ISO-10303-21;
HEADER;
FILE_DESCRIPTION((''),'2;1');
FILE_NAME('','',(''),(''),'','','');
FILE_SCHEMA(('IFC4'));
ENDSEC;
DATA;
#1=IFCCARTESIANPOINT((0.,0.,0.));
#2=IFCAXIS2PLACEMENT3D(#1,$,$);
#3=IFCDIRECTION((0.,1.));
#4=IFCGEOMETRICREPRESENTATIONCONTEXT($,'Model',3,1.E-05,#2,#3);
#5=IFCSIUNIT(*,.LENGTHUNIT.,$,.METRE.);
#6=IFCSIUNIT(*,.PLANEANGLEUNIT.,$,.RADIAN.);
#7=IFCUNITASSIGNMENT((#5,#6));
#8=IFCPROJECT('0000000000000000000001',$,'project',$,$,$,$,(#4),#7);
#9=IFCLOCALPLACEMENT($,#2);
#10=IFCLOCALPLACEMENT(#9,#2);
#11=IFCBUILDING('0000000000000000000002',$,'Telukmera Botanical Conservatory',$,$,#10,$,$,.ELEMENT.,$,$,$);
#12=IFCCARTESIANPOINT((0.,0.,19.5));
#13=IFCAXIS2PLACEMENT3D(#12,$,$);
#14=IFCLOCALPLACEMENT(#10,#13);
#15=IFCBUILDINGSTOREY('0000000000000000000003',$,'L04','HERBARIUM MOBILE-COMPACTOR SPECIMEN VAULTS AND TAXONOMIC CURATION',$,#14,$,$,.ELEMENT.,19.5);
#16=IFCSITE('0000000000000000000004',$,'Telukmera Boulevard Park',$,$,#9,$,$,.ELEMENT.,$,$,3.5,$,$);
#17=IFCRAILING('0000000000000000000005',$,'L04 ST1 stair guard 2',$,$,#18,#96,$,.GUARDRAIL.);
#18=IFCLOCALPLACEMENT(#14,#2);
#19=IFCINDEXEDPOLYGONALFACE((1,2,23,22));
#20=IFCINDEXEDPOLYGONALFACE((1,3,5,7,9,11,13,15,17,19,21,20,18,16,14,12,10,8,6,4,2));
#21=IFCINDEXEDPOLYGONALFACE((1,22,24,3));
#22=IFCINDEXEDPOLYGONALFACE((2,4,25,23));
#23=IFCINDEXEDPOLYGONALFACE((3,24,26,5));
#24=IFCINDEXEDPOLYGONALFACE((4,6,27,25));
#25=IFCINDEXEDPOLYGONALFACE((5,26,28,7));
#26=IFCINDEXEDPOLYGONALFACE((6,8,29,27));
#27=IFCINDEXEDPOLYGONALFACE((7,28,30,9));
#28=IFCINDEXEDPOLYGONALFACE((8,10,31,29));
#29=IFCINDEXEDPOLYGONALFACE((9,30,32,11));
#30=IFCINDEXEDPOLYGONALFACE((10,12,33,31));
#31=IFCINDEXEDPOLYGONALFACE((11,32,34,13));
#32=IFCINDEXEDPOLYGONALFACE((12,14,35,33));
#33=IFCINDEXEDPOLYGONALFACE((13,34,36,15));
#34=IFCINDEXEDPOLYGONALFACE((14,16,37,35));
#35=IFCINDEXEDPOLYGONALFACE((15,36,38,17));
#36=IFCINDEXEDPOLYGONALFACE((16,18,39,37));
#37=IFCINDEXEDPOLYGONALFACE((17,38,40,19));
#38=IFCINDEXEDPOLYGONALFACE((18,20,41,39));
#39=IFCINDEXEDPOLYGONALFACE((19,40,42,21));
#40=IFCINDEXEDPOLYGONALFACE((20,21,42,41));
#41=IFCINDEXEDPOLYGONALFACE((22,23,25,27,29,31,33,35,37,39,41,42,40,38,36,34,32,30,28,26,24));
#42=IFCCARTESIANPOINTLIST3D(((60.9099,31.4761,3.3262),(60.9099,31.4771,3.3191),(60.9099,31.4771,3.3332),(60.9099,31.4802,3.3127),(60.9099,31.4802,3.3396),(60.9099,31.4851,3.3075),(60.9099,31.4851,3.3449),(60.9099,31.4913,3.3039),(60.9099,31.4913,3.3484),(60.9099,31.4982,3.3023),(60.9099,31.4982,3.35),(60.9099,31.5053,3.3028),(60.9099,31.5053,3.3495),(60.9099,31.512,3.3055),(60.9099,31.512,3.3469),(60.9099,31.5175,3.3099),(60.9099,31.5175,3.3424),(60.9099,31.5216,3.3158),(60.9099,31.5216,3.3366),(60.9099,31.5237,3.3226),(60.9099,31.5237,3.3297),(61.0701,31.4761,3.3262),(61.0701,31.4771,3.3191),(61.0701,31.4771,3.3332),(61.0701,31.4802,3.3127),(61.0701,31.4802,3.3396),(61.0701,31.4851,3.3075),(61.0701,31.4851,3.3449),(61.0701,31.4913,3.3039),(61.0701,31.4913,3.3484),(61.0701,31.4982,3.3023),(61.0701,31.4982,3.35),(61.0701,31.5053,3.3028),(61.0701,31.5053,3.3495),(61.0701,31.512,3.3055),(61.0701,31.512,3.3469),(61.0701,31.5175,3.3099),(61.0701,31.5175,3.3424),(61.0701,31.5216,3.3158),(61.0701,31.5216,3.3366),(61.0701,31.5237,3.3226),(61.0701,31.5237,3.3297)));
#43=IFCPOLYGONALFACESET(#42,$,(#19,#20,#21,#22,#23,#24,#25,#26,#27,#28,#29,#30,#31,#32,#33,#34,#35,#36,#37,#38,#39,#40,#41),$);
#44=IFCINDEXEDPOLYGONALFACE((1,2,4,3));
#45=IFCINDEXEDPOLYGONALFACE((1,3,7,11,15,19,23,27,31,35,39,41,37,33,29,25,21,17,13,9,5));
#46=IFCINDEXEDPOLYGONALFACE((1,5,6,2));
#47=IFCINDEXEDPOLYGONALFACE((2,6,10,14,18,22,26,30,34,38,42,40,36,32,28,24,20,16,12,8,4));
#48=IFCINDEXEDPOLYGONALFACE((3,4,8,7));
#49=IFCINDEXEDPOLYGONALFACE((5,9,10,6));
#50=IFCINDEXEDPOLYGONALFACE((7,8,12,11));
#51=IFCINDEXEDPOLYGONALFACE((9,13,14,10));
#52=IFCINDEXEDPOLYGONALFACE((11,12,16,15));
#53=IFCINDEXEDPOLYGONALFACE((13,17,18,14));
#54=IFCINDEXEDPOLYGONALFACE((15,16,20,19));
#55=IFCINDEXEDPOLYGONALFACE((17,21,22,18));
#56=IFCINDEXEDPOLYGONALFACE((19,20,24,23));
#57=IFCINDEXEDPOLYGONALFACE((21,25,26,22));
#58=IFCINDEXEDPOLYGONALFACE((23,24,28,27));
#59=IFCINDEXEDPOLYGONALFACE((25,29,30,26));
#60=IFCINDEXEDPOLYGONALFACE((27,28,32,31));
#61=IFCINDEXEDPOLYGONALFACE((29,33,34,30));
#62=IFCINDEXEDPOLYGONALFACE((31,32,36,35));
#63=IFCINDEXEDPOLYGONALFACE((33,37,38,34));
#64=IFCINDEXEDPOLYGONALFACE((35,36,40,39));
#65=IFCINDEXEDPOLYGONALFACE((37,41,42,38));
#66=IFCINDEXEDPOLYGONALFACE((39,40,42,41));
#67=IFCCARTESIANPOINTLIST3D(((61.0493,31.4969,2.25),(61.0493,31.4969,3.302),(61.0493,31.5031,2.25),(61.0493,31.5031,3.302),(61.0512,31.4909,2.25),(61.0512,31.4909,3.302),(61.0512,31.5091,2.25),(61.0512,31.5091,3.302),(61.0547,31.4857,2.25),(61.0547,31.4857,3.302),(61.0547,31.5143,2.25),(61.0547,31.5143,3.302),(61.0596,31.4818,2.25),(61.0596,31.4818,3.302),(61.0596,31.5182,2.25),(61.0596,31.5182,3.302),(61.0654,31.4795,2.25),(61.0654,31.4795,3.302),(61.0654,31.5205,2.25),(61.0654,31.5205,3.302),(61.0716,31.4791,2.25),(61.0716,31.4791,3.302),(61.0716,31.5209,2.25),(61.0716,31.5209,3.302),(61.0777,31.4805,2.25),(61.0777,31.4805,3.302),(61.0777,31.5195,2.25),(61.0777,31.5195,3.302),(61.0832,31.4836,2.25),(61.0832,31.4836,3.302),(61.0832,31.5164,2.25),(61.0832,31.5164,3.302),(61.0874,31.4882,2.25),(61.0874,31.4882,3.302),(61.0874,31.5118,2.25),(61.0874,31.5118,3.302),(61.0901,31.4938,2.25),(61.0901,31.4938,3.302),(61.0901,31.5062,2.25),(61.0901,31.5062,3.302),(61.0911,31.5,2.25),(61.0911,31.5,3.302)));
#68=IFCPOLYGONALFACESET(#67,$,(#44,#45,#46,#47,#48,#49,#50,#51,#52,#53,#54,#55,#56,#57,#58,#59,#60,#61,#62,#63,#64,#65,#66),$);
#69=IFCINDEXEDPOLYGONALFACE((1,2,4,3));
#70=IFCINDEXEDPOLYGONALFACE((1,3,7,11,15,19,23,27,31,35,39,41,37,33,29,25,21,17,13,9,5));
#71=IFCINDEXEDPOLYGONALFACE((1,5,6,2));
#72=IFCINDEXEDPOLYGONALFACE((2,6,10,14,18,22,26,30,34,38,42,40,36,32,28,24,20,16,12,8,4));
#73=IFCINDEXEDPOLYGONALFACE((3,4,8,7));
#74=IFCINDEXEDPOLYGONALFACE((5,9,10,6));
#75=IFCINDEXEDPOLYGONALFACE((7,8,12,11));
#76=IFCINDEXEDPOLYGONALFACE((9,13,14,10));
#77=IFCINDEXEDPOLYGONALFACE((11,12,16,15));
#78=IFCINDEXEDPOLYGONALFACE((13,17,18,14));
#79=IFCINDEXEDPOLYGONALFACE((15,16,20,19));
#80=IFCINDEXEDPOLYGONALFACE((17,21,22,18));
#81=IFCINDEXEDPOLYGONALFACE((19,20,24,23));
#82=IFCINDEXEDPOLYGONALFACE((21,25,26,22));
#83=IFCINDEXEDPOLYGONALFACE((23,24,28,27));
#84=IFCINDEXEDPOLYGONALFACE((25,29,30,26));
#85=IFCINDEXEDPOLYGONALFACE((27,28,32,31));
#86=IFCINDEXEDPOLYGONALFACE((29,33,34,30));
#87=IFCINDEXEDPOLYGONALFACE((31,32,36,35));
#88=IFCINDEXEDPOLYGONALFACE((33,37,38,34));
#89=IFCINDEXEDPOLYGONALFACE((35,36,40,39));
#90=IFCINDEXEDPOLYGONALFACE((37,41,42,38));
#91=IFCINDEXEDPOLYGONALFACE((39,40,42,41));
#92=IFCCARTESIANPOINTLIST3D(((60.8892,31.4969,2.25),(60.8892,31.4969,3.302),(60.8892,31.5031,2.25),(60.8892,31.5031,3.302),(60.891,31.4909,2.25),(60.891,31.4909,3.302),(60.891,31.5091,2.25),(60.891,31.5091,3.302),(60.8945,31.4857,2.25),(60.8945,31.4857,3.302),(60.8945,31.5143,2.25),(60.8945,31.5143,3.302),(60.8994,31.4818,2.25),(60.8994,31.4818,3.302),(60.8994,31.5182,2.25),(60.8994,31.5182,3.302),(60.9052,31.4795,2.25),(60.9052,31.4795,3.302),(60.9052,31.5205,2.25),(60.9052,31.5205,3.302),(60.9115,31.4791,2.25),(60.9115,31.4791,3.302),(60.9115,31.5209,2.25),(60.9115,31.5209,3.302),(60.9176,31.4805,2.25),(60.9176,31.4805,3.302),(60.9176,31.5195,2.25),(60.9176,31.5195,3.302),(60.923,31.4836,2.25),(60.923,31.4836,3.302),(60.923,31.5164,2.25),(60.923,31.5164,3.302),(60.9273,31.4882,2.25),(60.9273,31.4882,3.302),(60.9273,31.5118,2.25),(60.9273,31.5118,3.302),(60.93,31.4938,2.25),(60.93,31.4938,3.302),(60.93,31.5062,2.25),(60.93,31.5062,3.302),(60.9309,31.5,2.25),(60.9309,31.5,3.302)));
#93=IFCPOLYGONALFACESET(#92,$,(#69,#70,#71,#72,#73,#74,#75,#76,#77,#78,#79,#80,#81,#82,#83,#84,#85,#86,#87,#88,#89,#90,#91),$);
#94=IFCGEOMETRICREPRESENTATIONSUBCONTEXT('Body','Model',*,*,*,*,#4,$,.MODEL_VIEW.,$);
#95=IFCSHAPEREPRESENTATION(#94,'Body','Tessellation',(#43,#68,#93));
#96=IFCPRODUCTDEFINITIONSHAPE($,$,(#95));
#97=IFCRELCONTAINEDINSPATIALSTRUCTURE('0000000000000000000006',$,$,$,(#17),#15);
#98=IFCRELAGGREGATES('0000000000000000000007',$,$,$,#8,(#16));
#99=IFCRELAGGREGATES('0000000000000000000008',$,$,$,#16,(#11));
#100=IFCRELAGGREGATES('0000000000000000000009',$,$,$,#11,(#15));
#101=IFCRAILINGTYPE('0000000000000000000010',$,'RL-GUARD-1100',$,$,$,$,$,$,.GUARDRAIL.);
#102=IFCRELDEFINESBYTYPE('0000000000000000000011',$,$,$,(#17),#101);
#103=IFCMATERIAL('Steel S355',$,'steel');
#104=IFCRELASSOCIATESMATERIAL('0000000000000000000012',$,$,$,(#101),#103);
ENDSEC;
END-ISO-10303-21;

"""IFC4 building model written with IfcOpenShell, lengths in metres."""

from ifc_helpers import new_model, si_unit, direction, frame, origin, origin_2d, place, context, subcontext, project, spatial, circle, extrude, material, type_object, element, save


model = new_model("IFC4")

# Units and contexts
model_context = context("Model", 3, precision=1e-05, world=origin(), true_north=direction((0.0, 1.0)))
body_context = subcontext(model_context, "Body", "Model", "MODEL_VIEW")
ifc_project = project(units=[si_unit("LENGTHUNIT", "METRE"), si_unit("PLANEANGLEUNIT", "RADIAN")], contexts=[model_context])

# Site, building, storey
site_placement = place(None, origin())
site = spatial("IfcSite", under=ifc_project, at=site_placement, Name="Telukmera Boulevard Park", CompositionType="ELEMENT", RefElevation=3.5)
building_placement = place(site_placement, origin())
building = spatial("IfcBuilding", under=site, at=building_placement, Name="Telukmera Botanical Conservatory", CompositionType="ELEMENT")
storey_placement = place(building_placement, frame((0.0, 0.0, 19.5)))
storey = spatial("IfcBuildingStorey", under=building, at=storey_placement, Name="L04", Description="HERBARIUM MOBILE-COMPACTOR SPECIMEN VAULTS AND TAXONOMIC CURATION", CompositionType="ELEMENT", Elevation=19.5)

# Railing
ifc_material_1 = material(Name="Steel S355", Category="steel")
railing_type_1 = type_object("IfcRailingType", Name="RL-GUARD-1100", PredefinedType="GUARDRAIL", material=ifc_material_1)
railing_1_placement = place(storey_placement, frame((61.0701, 31.5, 2.25)))
element("IfcRailing", 1, at=railing_1_placement, inside=storey, type_object=railing_type_1, Name="L04 ST1 stair guard 2", PredefinedType="GUARDRAIL", context=body_context, shape_type="SweptSolid", body=[
    extrude(circle(Radius=0.0239, at=origin_2d()), frame((0.0, 0.0, 1.0762), z_axis=(-1.0, 0.0, 0.0), x_axis=(0.0, -1.0, 0.0)), (0.0, 0.0, 1.0), 0.1602),
    extrude(circle(Radius=0.021, at=origin_2d()), origin(), (0.0, 0.0, 1.0), 1.052),
    extrude(circle(Radius=0.021, at=origin_2d()), frame((-0.1602, 0.0, 0.0)), (0.0, 0.0, 1.0), 1.052),
])

save(model, "model.ifc")
